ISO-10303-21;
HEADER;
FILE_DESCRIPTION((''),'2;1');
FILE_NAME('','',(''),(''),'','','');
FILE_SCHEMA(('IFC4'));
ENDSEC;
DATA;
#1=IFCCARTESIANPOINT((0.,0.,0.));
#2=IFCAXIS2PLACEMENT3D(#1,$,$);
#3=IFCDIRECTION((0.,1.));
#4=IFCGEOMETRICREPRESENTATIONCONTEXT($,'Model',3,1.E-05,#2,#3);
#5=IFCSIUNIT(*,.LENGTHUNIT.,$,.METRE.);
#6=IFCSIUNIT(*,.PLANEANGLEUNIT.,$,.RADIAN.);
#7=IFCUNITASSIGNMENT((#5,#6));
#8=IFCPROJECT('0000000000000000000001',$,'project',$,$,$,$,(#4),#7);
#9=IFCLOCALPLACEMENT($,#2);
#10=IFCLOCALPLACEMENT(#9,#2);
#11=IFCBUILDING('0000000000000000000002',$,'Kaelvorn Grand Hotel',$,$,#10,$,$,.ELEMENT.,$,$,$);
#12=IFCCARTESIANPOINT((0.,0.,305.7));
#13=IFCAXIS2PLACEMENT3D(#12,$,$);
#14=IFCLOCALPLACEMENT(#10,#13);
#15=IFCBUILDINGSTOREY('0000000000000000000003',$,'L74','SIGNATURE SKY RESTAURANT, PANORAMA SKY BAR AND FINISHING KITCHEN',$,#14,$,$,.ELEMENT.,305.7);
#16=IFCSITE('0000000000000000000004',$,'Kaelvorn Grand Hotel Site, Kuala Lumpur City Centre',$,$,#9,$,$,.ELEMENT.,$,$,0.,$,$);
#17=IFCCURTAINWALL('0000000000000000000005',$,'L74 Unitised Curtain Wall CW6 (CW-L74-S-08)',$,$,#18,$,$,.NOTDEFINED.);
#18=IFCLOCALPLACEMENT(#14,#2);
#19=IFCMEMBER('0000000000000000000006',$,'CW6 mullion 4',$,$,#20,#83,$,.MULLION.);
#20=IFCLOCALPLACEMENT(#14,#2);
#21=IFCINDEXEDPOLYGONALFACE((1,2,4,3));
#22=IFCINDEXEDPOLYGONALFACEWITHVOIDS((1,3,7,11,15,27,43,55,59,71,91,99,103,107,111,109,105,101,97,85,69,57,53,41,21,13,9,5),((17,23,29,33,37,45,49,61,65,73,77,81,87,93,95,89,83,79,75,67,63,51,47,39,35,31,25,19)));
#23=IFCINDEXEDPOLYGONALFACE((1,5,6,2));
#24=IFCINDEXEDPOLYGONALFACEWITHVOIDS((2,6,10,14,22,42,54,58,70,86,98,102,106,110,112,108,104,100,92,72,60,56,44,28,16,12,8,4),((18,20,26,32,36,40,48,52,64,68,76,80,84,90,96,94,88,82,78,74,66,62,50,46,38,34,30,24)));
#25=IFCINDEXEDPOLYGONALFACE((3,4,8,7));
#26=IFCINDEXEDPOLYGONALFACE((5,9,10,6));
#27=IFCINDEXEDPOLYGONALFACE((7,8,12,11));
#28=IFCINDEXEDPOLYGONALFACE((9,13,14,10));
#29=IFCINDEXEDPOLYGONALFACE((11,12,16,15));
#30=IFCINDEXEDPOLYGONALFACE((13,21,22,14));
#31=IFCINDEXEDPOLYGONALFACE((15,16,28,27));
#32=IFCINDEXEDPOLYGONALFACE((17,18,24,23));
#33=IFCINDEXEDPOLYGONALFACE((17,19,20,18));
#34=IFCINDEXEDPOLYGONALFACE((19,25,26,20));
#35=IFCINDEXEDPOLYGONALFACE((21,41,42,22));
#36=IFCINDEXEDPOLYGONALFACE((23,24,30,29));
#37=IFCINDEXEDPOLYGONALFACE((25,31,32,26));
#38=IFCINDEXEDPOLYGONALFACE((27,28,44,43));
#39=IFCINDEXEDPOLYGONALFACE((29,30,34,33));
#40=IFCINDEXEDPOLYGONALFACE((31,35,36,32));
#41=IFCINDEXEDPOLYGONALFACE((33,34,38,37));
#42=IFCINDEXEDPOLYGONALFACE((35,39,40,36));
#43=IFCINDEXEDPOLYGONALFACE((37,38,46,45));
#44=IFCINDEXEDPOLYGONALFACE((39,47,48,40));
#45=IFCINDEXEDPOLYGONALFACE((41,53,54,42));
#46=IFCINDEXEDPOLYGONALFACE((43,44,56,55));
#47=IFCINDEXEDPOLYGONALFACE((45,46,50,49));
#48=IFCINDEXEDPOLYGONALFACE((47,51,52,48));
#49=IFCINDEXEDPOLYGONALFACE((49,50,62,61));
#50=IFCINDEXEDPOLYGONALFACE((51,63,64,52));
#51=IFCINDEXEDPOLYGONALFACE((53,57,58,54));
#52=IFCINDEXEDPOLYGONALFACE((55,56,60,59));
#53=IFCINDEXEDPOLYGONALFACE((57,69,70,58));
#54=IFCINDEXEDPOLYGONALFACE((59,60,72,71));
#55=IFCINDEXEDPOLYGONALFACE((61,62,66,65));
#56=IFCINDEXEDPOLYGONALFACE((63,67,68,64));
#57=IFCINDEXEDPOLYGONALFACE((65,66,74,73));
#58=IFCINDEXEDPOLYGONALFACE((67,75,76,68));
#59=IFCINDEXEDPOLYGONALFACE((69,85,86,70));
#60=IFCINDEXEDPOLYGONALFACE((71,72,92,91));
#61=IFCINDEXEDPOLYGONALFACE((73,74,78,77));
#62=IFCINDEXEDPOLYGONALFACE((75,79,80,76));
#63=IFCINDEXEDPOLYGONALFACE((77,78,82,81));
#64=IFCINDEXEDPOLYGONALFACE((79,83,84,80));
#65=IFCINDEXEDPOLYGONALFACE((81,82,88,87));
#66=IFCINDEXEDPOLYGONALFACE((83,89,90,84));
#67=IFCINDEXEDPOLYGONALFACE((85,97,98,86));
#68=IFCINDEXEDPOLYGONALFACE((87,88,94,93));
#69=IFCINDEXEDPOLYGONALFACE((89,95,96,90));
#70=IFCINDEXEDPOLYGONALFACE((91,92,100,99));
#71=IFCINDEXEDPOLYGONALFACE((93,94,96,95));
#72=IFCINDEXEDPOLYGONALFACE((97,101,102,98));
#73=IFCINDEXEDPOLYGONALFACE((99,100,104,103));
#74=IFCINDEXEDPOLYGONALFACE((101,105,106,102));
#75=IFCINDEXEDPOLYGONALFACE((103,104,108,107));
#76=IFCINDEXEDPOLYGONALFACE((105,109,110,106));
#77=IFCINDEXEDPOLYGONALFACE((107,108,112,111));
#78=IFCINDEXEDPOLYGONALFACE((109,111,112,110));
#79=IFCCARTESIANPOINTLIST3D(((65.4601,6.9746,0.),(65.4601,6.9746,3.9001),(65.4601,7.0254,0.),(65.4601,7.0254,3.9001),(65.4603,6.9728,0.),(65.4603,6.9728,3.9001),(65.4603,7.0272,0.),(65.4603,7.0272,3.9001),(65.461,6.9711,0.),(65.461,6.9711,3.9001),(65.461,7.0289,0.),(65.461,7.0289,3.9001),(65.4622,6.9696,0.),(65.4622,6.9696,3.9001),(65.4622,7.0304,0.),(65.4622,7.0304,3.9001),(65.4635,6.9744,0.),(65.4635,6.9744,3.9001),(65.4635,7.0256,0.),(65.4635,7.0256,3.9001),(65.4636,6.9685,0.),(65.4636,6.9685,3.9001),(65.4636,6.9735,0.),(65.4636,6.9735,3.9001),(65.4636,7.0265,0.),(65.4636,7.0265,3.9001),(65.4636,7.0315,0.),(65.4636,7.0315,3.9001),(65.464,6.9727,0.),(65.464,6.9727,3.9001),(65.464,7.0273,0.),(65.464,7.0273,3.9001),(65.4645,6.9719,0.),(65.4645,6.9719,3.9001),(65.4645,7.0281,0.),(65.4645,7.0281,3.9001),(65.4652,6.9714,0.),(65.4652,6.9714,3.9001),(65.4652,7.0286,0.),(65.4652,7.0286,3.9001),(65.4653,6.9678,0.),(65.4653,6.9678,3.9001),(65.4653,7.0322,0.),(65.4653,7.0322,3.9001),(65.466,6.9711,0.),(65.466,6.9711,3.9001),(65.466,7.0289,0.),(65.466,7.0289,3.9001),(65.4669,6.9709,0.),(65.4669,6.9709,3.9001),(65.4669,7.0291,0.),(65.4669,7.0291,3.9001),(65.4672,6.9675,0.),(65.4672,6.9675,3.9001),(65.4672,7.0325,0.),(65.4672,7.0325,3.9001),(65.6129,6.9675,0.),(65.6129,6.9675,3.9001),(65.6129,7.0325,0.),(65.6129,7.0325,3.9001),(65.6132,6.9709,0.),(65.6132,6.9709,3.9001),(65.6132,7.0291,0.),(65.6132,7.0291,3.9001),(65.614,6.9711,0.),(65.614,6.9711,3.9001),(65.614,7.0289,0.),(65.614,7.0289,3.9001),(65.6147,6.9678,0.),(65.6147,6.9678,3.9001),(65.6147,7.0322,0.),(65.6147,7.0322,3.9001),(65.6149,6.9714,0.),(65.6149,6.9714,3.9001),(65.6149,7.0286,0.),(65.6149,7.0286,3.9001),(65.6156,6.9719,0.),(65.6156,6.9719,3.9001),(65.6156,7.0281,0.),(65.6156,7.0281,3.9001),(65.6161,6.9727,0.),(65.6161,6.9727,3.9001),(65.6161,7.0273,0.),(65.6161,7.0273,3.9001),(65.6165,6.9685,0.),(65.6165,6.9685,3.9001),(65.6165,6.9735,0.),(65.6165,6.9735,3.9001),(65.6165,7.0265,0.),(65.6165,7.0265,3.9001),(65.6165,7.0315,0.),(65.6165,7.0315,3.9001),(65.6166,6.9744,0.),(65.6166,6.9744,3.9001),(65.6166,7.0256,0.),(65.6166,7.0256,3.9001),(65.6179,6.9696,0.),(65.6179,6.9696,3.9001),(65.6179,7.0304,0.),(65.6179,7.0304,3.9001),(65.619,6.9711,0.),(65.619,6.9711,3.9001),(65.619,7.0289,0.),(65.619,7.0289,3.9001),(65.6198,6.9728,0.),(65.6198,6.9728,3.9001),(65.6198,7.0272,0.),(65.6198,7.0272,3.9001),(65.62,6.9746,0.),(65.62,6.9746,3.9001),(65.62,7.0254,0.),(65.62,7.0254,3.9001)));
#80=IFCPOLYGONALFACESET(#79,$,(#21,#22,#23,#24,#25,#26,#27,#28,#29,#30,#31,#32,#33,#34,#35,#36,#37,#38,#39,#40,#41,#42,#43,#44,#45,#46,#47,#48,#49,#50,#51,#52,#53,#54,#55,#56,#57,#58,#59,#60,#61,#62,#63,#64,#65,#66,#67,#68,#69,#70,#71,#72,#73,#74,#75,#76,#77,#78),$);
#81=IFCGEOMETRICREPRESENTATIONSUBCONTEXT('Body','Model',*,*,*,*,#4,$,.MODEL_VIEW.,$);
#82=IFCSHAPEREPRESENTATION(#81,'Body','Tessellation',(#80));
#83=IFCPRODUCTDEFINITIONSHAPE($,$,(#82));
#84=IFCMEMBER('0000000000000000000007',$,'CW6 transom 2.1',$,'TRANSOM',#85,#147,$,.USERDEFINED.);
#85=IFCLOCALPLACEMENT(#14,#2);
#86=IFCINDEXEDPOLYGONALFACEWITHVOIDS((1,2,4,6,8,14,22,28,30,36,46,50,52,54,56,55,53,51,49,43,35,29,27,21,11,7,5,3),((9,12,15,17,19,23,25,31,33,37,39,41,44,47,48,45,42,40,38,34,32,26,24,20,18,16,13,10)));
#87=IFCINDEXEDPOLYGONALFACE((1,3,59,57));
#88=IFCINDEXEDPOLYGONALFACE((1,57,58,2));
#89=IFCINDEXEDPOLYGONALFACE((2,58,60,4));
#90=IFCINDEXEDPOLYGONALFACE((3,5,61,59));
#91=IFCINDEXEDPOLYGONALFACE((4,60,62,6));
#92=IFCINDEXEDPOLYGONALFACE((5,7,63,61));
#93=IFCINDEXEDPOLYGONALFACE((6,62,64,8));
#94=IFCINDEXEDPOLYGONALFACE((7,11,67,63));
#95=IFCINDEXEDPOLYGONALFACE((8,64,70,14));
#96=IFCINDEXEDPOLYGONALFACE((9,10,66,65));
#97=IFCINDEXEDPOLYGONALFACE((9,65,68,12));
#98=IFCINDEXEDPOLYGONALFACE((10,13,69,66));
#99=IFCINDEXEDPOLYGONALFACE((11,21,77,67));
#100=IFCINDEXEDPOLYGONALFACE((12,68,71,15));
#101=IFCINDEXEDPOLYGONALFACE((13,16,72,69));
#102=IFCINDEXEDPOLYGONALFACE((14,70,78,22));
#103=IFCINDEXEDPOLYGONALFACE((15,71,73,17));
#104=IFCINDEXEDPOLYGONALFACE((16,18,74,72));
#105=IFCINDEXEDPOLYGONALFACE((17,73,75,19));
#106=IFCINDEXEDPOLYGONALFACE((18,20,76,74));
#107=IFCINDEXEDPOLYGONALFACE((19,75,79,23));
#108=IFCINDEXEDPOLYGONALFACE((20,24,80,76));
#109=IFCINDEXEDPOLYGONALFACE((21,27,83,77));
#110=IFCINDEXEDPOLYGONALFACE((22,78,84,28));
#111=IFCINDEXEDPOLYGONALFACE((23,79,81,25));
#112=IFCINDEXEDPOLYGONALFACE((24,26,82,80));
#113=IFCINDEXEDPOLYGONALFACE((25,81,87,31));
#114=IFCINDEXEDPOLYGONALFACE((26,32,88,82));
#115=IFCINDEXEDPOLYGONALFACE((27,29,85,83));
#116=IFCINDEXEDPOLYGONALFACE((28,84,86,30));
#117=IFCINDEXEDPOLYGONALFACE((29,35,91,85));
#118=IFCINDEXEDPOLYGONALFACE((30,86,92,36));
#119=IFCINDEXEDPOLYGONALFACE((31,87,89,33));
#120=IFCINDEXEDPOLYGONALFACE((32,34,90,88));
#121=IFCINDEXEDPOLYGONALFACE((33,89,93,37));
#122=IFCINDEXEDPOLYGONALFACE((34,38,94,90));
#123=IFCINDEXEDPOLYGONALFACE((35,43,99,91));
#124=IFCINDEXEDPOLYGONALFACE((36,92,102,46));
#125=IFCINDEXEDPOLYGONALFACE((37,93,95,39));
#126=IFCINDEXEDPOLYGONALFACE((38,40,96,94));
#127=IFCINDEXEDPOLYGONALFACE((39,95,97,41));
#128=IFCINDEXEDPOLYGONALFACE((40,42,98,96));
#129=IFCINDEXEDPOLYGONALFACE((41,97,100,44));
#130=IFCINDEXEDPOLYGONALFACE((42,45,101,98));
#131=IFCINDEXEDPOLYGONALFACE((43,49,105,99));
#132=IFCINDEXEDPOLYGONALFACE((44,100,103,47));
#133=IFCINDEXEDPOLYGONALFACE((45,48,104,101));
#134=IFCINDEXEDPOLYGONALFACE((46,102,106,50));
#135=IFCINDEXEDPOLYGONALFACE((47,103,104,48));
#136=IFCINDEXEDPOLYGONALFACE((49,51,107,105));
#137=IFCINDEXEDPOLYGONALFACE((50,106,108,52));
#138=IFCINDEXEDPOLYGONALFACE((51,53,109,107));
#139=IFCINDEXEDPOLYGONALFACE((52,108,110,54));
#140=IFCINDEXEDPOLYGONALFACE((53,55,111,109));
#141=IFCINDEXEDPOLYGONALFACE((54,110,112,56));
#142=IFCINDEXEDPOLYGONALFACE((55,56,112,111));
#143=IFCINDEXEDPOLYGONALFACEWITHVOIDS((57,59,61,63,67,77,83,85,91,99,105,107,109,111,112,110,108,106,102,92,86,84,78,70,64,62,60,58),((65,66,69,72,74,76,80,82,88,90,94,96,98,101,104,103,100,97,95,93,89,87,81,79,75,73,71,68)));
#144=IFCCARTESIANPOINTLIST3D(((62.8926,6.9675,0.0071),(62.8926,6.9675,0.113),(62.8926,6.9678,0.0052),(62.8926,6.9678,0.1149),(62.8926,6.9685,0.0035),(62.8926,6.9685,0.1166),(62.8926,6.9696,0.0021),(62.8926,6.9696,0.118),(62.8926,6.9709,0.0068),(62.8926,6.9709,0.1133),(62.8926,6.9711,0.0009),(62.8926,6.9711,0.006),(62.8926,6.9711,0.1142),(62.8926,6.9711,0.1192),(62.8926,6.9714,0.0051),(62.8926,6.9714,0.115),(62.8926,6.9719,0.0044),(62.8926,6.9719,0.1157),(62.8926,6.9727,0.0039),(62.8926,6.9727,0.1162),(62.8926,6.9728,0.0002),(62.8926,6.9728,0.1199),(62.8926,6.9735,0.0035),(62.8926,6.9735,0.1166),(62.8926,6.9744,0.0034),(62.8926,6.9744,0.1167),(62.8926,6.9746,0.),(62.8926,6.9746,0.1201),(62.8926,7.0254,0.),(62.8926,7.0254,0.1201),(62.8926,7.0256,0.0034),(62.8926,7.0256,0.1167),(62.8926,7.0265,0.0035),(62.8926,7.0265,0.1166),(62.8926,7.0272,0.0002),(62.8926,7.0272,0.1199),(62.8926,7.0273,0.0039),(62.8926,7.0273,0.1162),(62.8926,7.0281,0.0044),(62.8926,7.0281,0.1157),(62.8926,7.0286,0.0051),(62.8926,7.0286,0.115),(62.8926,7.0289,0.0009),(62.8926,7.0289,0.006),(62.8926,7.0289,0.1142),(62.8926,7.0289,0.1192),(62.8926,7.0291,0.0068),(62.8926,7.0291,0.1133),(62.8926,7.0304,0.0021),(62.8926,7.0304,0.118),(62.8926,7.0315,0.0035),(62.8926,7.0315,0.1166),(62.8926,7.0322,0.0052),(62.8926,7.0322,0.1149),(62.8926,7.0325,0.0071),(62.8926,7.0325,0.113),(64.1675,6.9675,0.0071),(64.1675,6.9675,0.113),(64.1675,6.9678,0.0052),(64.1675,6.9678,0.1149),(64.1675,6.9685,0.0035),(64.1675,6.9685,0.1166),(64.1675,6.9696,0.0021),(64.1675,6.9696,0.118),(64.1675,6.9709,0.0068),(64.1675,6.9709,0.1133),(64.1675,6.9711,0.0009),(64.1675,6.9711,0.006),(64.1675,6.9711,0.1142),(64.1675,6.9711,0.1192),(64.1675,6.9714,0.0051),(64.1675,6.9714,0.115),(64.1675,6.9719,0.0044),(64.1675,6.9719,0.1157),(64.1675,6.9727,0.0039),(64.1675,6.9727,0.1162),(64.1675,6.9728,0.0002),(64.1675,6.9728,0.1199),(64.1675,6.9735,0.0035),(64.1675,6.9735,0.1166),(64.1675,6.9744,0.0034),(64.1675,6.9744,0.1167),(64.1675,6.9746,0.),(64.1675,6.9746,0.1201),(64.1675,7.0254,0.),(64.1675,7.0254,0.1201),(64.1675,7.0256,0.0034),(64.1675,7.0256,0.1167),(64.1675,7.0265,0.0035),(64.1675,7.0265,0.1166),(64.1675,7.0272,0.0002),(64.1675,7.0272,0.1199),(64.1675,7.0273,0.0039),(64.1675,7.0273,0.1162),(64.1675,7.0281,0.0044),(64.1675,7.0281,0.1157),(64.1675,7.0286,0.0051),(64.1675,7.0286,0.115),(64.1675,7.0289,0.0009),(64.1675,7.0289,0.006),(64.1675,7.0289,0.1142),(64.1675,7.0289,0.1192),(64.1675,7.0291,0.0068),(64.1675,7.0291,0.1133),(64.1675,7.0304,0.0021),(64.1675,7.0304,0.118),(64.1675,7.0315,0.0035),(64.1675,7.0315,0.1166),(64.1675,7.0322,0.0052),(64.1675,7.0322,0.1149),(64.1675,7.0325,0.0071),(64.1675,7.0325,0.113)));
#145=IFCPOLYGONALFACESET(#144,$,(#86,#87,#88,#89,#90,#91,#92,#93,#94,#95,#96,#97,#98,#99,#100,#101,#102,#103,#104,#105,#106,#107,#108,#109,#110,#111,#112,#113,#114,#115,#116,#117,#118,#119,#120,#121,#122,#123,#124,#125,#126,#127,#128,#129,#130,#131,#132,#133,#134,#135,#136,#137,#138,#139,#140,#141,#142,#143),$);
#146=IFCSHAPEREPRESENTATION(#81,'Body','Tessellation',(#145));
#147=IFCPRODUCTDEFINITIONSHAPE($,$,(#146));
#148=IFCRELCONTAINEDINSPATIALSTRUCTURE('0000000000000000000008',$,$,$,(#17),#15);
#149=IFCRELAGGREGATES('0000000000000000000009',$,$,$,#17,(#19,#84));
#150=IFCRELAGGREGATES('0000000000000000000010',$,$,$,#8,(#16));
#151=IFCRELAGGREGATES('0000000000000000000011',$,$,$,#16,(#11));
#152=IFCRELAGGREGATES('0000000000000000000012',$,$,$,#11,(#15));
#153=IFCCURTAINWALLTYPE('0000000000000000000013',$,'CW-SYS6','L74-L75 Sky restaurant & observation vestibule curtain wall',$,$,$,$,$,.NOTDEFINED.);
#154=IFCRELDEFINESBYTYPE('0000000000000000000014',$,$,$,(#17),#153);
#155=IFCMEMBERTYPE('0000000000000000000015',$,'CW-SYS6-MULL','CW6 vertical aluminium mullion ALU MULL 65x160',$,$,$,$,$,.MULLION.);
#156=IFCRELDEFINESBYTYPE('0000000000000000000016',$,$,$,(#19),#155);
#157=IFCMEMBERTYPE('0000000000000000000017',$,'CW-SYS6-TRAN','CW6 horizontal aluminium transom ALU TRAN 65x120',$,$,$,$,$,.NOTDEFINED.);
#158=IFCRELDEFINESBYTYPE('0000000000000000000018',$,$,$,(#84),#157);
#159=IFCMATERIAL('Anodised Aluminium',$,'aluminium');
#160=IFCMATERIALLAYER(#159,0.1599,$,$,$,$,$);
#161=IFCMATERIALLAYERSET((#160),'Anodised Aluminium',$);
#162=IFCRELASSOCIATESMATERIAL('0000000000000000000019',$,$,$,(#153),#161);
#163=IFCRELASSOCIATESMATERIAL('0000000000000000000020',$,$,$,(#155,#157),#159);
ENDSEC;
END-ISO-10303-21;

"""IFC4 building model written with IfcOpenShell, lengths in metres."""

from ifc_helpers import new_model, si_unit, direction, frame, origin, origin_2d, place, context, subcontext, project, spatial, hollow_rectangle, extrude, material, layer, layer_set, material_profile, profile_set, type_object, element, aggregate, save


model = new_model("IFC4")

# Units and contexts
model_context = context("Model", 3, precision=1e-05, world=origin(), true_north=direction((0.0, 1.0)))
body_context = subcontext(model_context, "Body", "Model", "MODEL_VIEW")
ifc_project = project(units=[si_unit("LENGTHUNIT", "METRE"), si_unit("PLANEANGLEUNIT", "RADIAN")], contexts=[model_context])

# Site, building, storey
site_placement = place(None, origin())
site = spatial("IfcSite", under=ifc_project, at=site_placement, Name="Kaelvorn Grand Hotel Site, Kuala Lumpur City Centre", CompositionType="ELEMENT", RefElevation=0.0)
building_placement = place(site_placement, origin())
building = spatial("IfcBuilding", under=site, at=building_placement, Name="Kaelvorn Grand Hotel", CompositionType="ELEMENT")
storey_placement = place(building_placement, frame((0.0, 0.0, 305.7)))
storey = spatial("IfcBuildingStorey", under=building, at=storey_placement, Name="L74", Description="SIGNATURE SKY RESTAURANT, PANORAMA SKY BAR AND FINISHING KITCHEN", CompositionType="ELEMENT", Elevation=305.7)

# Curtain wall, members
ifc_material_1 = material(Name="Anodised Aluminium", Category="aluminium")
ifc_layer_1 = layer(ifc_material_1, 0.1599)
ifc_layer_set_1 = layer_set([ifc_layer_1], Name="Anodised Aluminium")
curtain_wall_type = type_object("IfcCurtainWallType", Name="CW-SYS6", Description="L74-L75 Sky restaurant & observation vestibule curtain wall", PredefinedType="NOTDEFINED", material=ifc_layer_set_1)
curtain_wall_placement = place(storey_placement, origin())
curtain_wall = element("IfcCurtainWall", 1, at=curtain_wall_placement, inside=storey, type_object=curtain_wall_type, Name="L74 Unitised Curtain Wall CW6 (CW-L74-S-08)", PredefinedType="NOTDEFINED")
ifc_material_profile_1 = material_profile(ifc_material_1, hollow_rectangle(XDim=0.0649, YDim=0.1599, WallThickness=0.0034, InnerFilletRadius=0.0034, OuterFilletRadius=0.0071, at=origin_2d()), Name="ALU MULL 65x160")
ifc_profile_set_1 = profile_set([ifc_material_profile_1], Name="Anodised Aluminium")
member_type_1 = type_object("IfcMemberType", Name="CW-SYS6-MULL", Description="CW6 vertical aluminium mullion ALU MULL 65x160", PredefinedType="MULLION", material=ifc_profile_set_1)
member_1_placement = place(storey_placement, frame((65.54, 7.0, 0.0), z_axis=(0.0, 0.0, 1.0), x_axis=(0.0, 1.0, 0.0)))
member_1 = element("IfcMember", 2, at=member_1_placement, type_object=member_type_1, Name="CW6 mullion 4", PredefinedType="MULLION", context=body_context, shape_type="SweptSolid", body=[
    extrude(hollow_rectangle(XDim=0.0649, YDim=0.1599, WallThickness=0.0034, InnerFilletRadius=0.0034, OuterFilletRadius=0.0071, at=origin_2d()), origin(), (0.0, 0.0, 1.0), 3.9001),
])
ifc_material_profile_2 = material_profile(ifc_material_1, hollow_rectangle(XDim=0.0649, YDim=0.1201, WallThickness=0.0034, InnerFilletRadius=0.0034, OuterFilletRadius=0.0071, at=origin_2d()), Name="ALU TRAN 65x120")
ifc_profile_set_2 = profile_set([ifc_material_profile_2], Name="Anodised Aluminium")
member_type_2 = type_object("IfcMemberType", Name="CW-SYS6-TRAN", Description="CW6 horizontal aluminium transom ALU TRAN 65x120", PredefinedType="NOTDEFINED", material=ifc_profile_set_2)
member_2_placement = place(storey_placement, frame((62.8926, 7.0, 0.0601), z_axis=(1.0, 0.0, 0.0), x_axis=(0.0, 1.0, 0.0)))
member_2 = element("IfcMember", 3, at=member_2_placement, type_object=member_type_2, Name="CW6 transom 2.1", ObjectType="TRANSOM", PredefinedType="USERDEFINED", context=body_context, shape_type="SweptSolid", body=[
    extrude(hollow_rectangle(XDim=0.0649, YDim=0.1201, WallThickness=0.0034, InnerFilletRadius=0.0034, OuterFilletRadius=0.0071, at=origin_2d()), origin(), (0.0, 0.0, 1.0), 1.2749),
])
aggregate(curtain_wall, [member_1, member_2])

save(model, "model.ifc")
